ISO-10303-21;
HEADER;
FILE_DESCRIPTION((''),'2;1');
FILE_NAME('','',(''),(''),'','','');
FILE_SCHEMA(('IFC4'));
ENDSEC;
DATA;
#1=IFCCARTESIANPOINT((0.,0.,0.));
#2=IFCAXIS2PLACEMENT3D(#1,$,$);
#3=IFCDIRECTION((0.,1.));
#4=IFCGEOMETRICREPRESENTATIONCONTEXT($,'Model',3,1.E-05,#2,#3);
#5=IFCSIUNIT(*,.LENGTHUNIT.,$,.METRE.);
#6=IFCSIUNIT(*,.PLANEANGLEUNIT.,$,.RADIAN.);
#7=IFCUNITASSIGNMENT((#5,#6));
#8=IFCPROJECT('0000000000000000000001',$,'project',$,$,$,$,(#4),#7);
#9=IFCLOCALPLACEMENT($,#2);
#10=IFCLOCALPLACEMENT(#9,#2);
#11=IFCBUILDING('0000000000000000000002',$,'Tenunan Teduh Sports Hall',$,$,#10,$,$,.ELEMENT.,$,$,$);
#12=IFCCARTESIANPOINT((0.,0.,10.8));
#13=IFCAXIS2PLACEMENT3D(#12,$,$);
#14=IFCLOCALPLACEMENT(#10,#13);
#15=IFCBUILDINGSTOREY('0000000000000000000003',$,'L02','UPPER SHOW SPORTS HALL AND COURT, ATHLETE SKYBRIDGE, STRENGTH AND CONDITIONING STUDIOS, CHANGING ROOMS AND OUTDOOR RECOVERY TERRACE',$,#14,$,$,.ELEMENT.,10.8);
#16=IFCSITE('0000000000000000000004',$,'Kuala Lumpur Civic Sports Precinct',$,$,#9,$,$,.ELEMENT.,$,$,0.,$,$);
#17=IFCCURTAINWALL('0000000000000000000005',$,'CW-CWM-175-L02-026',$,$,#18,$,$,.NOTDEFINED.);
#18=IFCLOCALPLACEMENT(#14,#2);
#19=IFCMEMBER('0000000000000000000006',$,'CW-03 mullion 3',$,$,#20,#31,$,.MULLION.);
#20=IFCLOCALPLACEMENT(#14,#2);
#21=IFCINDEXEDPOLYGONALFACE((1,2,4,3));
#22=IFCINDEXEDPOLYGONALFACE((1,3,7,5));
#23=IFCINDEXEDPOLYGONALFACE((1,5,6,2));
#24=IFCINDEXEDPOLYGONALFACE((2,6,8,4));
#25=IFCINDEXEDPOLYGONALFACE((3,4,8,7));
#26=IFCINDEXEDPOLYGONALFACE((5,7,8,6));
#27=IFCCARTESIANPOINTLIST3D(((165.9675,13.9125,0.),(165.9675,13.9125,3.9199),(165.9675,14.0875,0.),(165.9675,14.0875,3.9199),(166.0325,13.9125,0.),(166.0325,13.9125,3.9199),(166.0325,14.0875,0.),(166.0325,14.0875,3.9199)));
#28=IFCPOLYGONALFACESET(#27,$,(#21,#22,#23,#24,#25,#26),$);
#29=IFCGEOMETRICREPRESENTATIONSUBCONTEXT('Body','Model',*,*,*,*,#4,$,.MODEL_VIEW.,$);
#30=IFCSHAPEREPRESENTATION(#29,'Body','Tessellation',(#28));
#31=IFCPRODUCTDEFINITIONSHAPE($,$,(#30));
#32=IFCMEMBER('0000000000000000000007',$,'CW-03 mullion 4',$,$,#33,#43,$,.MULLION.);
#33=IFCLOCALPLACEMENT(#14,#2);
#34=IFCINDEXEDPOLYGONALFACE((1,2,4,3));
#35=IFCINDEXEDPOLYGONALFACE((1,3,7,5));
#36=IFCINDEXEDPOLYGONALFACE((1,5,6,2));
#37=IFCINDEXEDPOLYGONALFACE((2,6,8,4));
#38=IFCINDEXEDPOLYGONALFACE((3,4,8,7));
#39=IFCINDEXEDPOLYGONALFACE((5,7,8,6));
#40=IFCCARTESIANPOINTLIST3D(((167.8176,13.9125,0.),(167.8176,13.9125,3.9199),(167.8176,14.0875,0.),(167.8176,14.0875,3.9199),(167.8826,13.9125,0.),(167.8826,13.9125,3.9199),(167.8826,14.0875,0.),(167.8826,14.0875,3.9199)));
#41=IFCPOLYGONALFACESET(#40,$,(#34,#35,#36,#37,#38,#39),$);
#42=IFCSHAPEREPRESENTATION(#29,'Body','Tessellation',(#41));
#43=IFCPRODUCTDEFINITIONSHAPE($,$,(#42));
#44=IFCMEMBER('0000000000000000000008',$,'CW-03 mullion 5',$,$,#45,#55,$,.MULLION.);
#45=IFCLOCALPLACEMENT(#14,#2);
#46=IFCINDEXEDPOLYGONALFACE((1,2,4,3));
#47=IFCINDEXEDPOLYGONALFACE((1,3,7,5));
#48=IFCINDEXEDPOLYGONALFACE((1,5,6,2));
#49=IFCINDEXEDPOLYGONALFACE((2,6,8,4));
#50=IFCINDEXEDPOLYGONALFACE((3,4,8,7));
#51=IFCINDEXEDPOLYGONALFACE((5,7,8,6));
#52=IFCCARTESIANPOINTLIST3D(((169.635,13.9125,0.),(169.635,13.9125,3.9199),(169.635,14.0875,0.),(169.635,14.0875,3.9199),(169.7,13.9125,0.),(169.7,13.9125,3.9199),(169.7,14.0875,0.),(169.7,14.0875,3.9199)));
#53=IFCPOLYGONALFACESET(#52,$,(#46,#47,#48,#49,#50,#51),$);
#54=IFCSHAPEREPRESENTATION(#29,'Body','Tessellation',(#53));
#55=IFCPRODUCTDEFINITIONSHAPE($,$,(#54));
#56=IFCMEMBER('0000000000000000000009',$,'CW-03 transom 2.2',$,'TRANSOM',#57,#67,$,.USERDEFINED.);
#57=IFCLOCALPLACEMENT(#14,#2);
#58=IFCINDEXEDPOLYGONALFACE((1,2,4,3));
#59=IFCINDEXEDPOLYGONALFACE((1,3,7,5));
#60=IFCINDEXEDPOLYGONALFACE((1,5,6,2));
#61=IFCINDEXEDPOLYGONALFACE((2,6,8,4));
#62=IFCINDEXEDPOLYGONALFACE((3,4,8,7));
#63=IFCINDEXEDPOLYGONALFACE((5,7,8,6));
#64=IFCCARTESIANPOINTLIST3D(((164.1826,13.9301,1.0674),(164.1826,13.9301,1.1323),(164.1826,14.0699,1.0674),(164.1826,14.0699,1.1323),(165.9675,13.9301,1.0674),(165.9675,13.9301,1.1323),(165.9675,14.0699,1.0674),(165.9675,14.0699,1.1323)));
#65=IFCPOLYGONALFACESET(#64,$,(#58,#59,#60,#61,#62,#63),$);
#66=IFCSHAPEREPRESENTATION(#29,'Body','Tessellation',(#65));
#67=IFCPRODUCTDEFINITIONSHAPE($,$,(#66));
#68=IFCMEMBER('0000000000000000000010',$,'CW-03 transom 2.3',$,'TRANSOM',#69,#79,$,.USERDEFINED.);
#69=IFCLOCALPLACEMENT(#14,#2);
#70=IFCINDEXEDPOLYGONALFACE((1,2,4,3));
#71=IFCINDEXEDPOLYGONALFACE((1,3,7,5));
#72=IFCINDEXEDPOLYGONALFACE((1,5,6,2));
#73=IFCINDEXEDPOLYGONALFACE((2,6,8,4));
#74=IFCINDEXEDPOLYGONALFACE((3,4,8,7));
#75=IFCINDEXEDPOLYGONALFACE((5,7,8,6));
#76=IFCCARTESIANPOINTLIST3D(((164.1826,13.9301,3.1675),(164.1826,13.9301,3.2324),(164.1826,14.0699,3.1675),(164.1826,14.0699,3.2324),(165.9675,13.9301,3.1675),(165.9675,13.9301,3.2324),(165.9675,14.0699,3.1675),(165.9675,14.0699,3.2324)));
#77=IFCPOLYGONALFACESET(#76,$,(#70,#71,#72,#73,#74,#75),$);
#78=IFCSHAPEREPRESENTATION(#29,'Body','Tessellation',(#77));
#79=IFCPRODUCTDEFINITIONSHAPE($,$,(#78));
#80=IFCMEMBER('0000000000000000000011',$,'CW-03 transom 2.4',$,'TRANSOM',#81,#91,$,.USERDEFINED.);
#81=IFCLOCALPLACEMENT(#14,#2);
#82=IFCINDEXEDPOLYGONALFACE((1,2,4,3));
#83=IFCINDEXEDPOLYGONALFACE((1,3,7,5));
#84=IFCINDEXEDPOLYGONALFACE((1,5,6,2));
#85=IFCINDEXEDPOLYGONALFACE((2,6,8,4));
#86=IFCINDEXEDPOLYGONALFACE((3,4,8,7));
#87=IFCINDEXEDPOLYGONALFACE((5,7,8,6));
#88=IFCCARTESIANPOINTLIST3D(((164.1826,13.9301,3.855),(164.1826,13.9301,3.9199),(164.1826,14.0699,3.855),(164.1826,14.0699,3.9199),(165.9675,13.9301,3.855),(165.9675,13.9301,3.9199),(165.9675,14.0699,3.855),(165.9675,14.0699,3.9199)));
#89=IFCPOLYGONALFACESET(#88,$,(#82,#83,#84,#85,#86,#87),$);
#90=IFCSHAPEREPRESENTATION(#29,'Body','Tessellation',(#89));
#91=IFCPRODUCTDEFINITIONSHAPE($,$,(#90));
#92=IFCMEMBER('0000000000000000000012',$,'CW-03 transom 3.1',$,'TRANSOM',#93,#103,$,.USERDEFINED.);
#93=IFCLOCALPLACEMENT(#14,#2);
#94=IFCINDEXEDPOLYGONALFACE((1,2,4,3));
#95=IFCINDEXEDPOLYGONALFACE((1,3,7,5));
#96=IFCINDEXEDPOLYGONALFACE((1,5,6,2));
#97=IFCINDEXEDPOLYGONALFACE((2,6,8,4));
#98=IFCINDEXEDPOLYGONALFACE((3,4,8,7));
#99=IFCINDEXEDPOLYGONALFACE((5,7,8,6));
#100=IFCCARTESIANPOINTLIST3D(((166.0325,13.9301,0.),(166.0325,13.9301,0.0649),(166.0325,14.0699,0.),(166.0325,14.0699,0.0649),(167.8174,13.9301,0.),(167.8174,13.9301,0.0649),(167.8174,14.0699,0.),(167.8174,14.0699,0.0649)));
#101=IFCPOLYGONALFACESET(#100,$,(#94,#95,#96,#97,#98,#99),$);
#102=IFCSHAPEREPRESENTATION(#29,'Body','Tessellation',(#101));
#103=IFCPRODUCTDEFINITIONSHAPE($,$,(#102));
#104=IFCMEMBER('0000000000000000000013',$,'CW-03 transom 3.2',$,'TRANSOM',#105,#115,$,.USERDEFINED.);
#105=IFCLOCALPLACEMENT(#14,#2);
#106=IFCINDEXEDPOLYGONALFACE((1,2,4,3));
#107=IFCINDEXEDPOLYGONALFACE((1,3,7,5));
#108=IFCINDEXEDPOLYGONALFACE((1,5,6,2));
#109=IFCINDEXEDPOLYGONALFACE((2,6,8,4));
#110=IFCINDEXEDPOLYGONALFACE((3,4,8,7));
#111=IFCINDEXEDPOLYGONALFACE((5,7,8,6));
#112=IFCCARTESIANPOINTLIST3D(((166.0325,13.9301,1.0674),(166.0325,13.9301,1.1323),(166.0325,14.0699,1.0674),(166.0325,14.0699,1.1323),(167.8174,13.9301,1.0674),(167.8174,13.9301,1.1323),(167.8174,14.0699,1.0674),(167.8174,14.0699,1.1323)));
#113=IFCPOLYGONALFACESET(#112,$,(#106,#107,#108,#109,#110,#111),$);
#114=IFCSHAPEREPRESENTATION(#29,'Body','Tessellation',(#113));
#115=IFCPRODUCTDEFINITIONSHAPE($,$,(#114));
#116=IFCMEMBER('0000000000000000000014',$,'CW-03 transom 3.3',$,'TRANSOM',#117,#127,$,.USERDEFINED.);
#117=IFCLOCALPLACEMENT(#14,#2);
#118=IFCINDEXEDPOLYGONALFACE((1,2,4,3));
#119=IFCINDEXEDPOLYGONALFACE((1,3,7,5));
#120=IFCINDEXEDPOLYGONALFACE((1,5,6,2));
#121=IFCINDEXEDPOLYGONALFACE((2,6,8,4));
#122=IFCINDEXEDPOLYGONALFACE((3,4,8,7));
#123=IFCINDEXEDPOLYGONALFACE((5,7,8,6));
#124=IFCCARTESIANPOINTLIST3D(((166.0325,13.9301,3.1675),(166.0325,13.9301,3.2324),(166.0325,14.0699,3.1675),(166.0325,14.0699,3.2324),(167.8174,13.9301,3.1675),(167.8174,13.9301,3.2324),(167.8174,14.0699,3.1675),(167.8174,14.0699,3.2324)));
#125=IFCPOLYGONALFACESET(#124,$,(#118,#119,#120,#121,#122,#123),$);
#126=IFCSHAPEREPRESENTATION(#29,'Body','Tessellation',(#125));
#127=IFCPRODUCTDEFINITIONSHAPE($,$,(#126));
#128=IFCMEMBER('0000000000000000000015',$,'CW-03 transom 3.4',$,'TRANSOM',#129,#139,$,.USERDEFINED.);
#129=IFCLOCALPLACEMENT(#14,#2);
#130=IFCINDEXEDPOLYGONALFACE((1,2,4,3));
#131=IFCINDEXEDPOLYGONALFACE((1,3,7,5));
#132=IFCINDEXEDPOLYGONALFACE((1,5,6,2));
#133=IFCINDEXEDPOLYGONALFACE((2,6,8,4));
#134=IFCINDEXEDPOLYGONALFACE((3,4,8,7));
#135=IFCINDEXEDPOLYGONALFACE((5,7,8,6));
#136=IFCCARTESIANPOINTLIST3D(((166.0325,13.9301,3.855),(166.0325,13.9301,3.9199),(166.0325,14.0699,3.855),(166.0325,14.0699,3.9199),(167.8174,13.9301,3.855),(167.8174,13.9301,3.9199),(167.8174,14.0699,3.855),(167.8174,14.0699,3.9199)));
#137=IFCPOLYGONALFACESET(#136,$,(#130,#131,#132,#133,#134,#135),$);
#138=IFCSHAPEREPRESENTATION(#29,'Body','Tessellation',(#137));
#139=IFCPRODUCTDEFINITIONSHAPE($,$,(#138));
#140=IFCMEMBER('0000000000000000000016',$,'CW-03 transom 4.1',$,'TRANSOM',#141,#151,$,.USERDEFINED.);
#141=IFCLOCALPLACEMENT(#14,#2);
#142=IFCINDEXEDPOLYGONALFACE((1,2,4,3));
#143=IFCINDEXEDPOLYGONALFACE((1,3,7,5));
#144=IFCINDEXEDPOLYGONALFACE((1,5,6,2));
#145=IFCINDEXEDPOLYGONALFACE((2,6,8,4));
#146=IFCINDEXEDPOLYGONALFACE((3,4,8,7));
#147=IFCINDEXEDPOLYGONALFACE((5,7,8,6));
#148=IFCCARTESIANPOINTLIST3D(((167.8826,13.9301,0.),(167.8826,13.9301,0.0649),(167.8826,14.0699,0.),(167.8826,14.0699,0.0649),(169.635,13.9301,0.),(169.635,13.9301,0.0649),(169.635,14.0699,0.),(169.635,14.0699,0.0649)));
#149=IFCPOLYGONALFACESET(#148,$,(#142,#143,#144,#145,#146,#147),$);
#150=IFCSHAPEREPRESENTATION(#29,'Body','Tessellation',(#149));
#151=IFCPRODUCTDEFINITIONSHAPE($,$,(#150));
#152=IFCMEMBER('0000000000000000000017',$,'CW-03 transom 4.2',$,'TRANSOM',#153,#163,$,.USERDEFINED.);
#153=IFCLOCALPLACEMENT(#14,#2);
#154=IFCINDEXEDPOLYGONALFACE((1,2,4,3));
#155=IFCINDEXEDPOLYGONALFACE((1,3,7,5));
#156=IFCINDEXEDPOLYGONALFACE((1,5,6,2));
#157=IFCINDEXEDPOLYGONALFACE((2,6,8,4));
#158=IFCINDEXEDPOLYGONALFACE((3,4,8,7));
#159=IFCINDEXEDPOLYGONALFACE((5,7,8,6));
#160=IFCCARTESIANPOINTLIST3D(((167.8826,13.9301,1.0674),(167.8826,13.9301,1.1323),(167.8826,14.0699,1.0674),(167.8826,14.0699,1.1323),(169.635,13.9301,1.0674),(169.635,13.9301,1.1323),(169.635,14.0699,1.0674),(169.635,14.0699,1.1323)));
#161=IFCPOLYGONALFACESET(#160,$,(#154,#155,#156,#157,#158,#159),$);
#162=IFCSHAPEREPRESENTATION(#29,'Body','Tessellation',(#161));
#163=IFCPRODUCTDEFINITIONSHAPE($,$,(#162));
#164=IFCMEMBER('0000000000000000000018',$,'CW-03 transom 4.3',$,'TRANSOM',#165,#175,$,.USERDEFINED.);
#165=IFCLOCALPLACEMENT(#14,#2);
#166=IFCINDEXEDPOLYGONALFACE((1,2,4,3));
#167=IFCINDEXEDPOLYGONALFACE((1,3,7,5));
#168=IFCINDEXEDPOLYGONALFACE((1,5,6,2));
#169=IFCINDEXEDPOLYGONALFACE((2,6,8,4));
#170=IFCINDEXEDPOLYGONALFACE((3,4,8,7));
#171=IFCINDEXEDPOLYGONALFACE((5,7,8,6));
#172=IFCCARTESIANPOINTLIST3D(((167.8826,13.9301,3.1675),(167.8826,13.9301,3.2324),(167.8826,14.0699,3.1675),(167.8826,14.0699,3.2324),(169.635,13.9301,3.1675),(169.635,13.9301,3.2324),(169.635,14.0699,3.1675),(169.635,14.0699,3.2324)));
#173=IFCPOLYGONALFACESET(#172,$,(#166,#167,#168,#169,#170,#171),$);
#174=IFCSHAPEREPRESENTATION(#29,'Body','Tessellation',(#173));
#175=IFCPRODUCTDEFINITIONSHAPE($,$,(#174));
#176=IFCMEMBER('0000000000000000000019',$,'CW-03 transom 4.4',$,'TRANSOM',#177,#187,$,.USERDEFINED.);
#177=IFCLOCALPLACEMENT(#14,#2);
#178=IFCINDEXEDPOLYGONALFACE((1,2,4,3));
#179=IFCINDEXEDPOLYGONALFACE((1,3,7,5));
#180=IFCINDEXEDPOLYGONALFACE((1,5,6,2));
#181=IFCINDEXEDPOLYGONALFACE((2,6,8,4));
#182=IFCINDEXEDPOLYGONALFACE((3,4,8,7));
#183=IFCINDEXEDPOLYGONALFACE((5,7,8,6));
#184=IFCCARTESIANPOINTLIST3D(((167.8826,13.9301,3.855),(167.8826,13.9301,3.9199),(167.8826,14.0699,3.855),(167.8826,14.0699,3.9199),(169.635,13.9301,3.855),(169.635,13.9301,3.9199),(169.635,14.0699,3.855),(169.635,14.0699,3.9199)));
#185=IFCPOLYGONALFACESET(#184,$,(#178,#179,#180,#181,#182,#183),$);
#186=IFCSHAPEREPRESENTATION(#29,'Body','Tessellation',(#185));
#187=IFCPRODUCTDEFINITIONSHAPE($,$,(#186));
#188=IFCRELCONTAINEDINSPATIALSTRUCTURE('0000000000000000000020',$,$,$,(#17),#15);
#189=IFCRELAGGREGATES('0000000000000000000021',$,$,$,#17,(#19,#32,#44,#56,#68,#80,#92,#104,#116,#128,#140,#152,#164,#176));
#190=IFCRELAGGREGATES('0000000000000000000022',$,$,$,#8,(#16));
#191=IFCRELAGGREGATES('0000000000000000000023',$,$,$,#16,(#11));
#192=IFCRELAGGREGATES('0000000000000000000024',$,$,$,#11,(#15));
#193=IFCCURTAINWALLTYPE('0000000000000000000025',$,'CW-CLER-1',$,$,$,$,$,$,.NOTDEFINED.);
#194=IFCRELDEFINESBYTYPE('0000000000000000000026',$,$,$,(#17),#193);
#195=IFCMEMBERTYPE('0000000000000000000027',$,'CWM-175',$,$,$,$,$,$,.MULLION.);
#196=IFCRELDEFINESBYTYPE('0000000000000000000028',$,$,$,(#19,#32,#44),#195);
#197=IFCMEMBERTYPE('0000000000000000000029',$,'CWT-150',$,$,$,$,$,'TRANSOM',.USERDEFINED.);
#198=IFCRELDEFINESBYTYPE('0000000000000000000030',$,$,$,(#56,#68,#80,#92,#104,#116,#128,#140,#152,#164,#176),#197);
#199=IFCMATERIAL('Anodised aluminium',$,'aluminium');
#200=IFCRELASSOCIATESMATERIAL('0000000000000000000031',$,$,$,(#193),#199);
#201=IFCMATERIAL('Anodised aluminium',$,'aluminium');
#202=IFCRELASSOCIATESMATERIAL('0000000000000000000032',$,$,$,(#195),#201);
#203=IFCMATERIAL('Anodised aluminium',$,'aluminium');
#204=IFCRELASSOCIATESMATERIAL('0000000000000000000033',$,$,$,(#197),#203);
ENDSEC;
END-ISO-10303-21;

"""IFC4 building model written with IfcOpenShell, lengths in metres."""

from ifc_helpers import new_model, si_unit, direction, frame, origin, origin_2d, place, context, subcontext, project, spatial, rectangle, extrude, material, material_profile, profile_set, type_object, element, aggregate, save


model = new_model("IFC4")

# Units and contexts
model_context = context("Model", 3, precision=1e-05, world=origin(), true_north=direction((0.0, 1.0)))
body_context = subcontext(model_context, "Body", "Model", "MODEL_VIEW")
ifc_project = project(units=[si_unit("LENGTHUNIT", "METRE"), si_unit("PLANEANGLEUNIT", "RADIAN")], contexts=[model_context])

# Site, building, storey
site_placement = place(None, origin())
site = spatial("IfcSite", under=ifc_project, at=site_placement, Name="Kuala Lumpur Civic Sports Precinct", CompositionType="ELEMENT", RefElevation=0.0)
building_placement = place(site_placement, origin())
building = spatial("IfcBuilding", under=site, at=building_placement, Name="Tenunan Teduh Sports Hall", CompositionType="ELEMENT")
storey_placement = place(building_placement, frame((0.0, 0.0, 10.8)))
storey = spatial("IfcBuildingStorey", under=building, at=storey_placement, Name="L02", Description="UPPER SHOW SPORTS HALL AND COURT, ATHLETE SKYBRIDGE, STRENGTH AND CONDITIONING STUDIOS, CHANGING ROOMS AND OUTDOOR RECOVERY TERRACE", CompositionType="ELEMENT", Elevation=10.8)

# Curtain wall, members
ifc_material_1 = material(Name="Anodised aluminium", Category="aluminium")
curtain_wall_type = type_object("IfcCurtainWallType", Name="CW-CLER-1", PredefinedType="NOTDEFINED", material=ifc_material_1)
curtain_wall_placement = place(storey_placement, origin())
curtain_wall = element("IfcCurtainWall", 1, at=curtain_wall_placement, inside=storey, type_object=curtain_wall_type, Name="CW-CWM-175-L02-026", PredefinedType="NOTDEFINED")
ifc_material_2 = material(Name="Anodised aluminium", Category="aluminium")
ifc_material_profile_1 = material_profile(ifc_material_2, rectangle(XDim=0.0649, YDim=0.175, at=origin_2d()), Name="CWM 65x175")
ifc_profile_set_1 = profile_set([ifc_material_profile_1], Name="Anodised aluminium")
member_type_1 = type_object("IfcMemberType", Name="CWM-175", PredefinedType="MULLION", material=ifc_profile_set_1)
member_1_placement = place(storey_placement, frame((166.0, 14.0, 0.0), z_axis=(0.0, 0.0, 1.0), x_axis=(1.0, 0.0, 0.0)))
member_1 = element("IfcMember", 2, at=member_1_placement, type_object=member_type_1, Name="CW-03 mullion 3", PredefinedType="MULLION", context=body_context, shape_type="SweptSolid", body=[
    extrude(rectangle(XDim=0.0649, YDim=0.175, at=origin_2d()), origin(), (0.0, 0.0, 1.0), 3.9199),
])
member_2_placement = place(storey_placement, frame((167.8501, 14.0, 0.0), z_axis=(0.0, 0.0, 1.0), x_axis=(1.0, 0.0, 0.0)))
member_2 = element("IfcMember", 3, at=member_2_placement, type_object=member_type_1, Name="CW-03 mullion 4", PredefinedType="MULLION", context=body_context, shape_type="SweptSolid", body=[
    extrude(rectangle(XDim=0.0649, YDim=0.175, at=origin_2d()), origin(), (0.0, 0.0, 1.0), 3.9199),
])
member_3_placement = place(storey_placement, frame((169.6675, 14.0, 0.0), z_axis=(0.0, 0.0, 1.0), x_axis=(1.0, 0.0, 0.0)))
member_3 = element("IfcMember", 4, at=member_3_placement, type_object=member_type_1, Name="CW-03 mullion 5", PredefinedType="MULLION", context=body_context, shape_type="SweptSolid", body=[
    extrude(rectangle(XDim=0.0649, YDim=0.175, at=origin_2d()), origin(), (0.0, 0.0, 1.0), 3.9199),
])
ifc_material_3 = material(Name="Anodised aluminium", Category="aluminium")
ifc_material_profile_2 = material_profile(ifc_material_3, rectangle(XDim=0.0649, YDim=0.1399, at=origin_2d()), Name="CWT 65x140")
ifc_profile_set_2 = profile_set([ifc_material_profile_2], Name="Anodised aluminium")
member_type_2 = type_object("IfcMemberType", Name="CWT-150", ElementType="TRANSOM", PredefinedType="USERDEFINED", material=ifc_profile_set_2)
member_4_placement = place(storey_placement, frame((164.1826, 14.0, 1.0999), z_axis=(1.0, 0.0, 0.0), x_axis=(0.0, 0.0, 1.0)))
member_4 = element("IfcMember", 5, at=member_4_placement, type_object=member_type_2, Name="CW-03 transom 2.2", ObjectType="TRANSOM", PredefinedType="USERDEFINED", context=body_context, shape_type="SweptSolid", body=[
    extrude(rectangle(XDim=0.0649, YDim=0.1399, at=origin_2d()), origin(), (0.0, 0.0, 1.0), 1.7849),
])
member_5_placement = place(storey_placement, frame((164.1826, 14.0, 3.2), z_axis=(1.0, 0.0, 0.0), x_axis=(0.0, 0.0, 1.0)))
member_5 = element("IfcMember", 6, at=member_5_placement, type_object=member_type_2, Name="CW-03 transom 2.3", ObjectType="TRANSOM", PredefinedType="USERDEFINED", context=body_context, shape_type="SweptSolid", body=[
    extrude(rectangle(XDim=0.0649, YDim=0.1399, at=origin_2d()), origin(), (0.0, 0.0, 1.0), 1.7849),
])
member_6_placement = place(storey_placement, frame((164.1826, 14.0, 3.8875), z_axis=(1.0, 0.0, 0.0), x_axis=(0.0, 0.0, 1.0)))
member_6 = element("IfcMember", 7, at=member_6_placement, type_object=member_type_2, Name="CW-03 transom 2.4", ObjectType="TRANSOM", PredefinedType="USERDEFINED", context=body_context, shape_type="SweptSolid", body=[
    extrude(rectangle(XDim=0.0649, YDim=0.1399, at=origin_2d()), origin(), (0.0, 0.0, 1.0), 1.7849),
])
member_7_placement = place(storey_placement, frame((166.0325, 14.0, 0.0325), z_axis=(1.0, 0.0, 0.0), x_axis=(0.0, 0.0, 1.0)))
member_7 = element("IfcMember", 8, at=member_7_placement, type_object=member_type_2, Name="CW-03 transom 3.1", ObjectType="TRANSOM", PredefinedType="USERDEFINED", context=body_context, shape_type="SweptSolid", body=[
    extrude(rectangle(XDim=0.0649, YDim=0.1399, at=origin_2d()), origin(), (0.0, 0.0, 1.0), 1.7849),
])
member_8_placement = place(storey_placement, frame((166.0325, 14.0, 1.0999), z_axis=(1.0, 0.0, 0.0), x_axis=(0.0, 0.0, 1.0)))
member_8 = element("IfcMember", 9, at=member_8_placement, type_object=member_type_2, Name="CW-03 transom 3.2", ObjectType="TRANSOM", PredefinedType="USERDEFINED", context=body_context, shape_type="SweptSolid", body=[
    extrude(rectangle(XDim=0.0649, YDim=0.1399, at=origin_2d()), origin(), (0.0, 0.0, 1.0), 1.7849),
])
member_9_placement = place(storey_placement, frame((166.0325, 14.0, 3.2), z_axis=(1.0, 0.0, 0.0), x_axis=(0.0, 0.0, 1.0)))
member_9 = element("IfcMember", 10, at=member_9_placement, type_object=member_type_2, Name="CW-03 transom 3.3", ObjectType="TRANSOM", PredefinedType="USERDEFINED", context=body_context, shape_type="SweptSolid", body=[
    extrude(rectangle(XDim=0.0649, YDim=0.1399, at=origin_2d()), origin(), (0.0, 0.0, 1.0), 1.7849),
])
member_10_placement = place(storey_placement, frame((166.0325, 14.0, 3.8875), z_axis=(1.0, 0.0, 0.0), x_axis=(0.0, 0.0, 1.0)))
member_10 = element("IfcMember", 11, at=member_10_placement, type_object=member_type_2, Name="CW-03 transom 3.4", ObjectType="TRANSOM", PredefinedType="USERDEFINED", context=body_context, shape_type="SweptSolid", body=[
    extrude(rectangle(XDim=0.0649, YDim=0.1399, at=origin_2d()), origin(), (0.0, 0.0, 1.0), 1.7849),
])
member_11_placement = place(storey_placement, frame((167.8826, 14.0, 0.0325), z_axis=(1.0, 0.0, 0.0), x_axis=(0.0, 0.0, 1.0)))
member_11 = element("IfcMember", 12, at=member_11_placement, type_object=member_type_2, Name="CW-03 transom 4.1", ObjectType="TRANSOM", PredefinedType="USERDEFINED", context=body_context, shape_type="SweptSolid", body=[
    extrude(rectangle(XDim=0.0649, YDim=0.1399, at=origin_2d()), origin(), (0.0, 0.0, 1.0), 1.7524),
])
member_12_placement = place(storey_placement, frame((167.8826, 14.0, 1.0999), z_axis=(1.0, 0.0, 0.0), x_axis=(0.0, 0.0, 1.0)))
member_12 = element("IfcMember", 13, at=member_12_placement, type_object=member_type_2, Name="CW-03 transom 4.2", ObjectType="TRANSOM", PredefinedType="USERDEFINED", context=body_context, shape_type="SweptSolid", body=[
    extrude(rectangle(XDim=0.0649, YDim=0.1399, at=origin_2d()), origin(), (0.0, 0.0, 1.0), 1.7524),
])
member_13_placement = place(storey_placement, frame((167.8826, 14.0, 3.2), z_axis=(1.0, 0.0, 0.0), x_axis=(0.0, 0.0, 1.0)))
member_13 = element("IfcMember", 14, at=member_13_placement, type_object=member_type_2, Name="CW-03 transom 4.3", ObjectType="TRANSOM", PredefinedType="USERDEFINED", context=body_context, shape_type="SweptSolid", body=[
    extrude(rectangle(XDim=0.0649, YDim=0.1399, at=origin_2d()), origin(), (0.0, 0.0, 1.0), 1.7524),
])
member_14_placement = place(storey_placement, frame((167.8826, 14.0, 3.8875), z_axis=(1.0, 0.0, 0.0), x_axis=(0.0, 0.0, 1.0)))
member_14 = element("IfcMember", 15, at=member_14_placement, type_object=member_type_2, Name="CW-03 transom 4.4", ObjectType="TRANSOM", PredefinedType="USERDEFINED", context=body_context, shape_type="SweptSolid", body=[
    extrude(rectangle(XDim=0.0649, YDim=0.1399, at=origin_2d()), origin(), (0.0, 0.0, 1.0), 1.7524),
])
aggregate(curtain_wall, [member_1, member_2, member_3, member_4, member_5, member_6, member_7, member_8, member_9, member_10, member_11, member_12, member_13, member_14])

save(model, "model.ifc")
